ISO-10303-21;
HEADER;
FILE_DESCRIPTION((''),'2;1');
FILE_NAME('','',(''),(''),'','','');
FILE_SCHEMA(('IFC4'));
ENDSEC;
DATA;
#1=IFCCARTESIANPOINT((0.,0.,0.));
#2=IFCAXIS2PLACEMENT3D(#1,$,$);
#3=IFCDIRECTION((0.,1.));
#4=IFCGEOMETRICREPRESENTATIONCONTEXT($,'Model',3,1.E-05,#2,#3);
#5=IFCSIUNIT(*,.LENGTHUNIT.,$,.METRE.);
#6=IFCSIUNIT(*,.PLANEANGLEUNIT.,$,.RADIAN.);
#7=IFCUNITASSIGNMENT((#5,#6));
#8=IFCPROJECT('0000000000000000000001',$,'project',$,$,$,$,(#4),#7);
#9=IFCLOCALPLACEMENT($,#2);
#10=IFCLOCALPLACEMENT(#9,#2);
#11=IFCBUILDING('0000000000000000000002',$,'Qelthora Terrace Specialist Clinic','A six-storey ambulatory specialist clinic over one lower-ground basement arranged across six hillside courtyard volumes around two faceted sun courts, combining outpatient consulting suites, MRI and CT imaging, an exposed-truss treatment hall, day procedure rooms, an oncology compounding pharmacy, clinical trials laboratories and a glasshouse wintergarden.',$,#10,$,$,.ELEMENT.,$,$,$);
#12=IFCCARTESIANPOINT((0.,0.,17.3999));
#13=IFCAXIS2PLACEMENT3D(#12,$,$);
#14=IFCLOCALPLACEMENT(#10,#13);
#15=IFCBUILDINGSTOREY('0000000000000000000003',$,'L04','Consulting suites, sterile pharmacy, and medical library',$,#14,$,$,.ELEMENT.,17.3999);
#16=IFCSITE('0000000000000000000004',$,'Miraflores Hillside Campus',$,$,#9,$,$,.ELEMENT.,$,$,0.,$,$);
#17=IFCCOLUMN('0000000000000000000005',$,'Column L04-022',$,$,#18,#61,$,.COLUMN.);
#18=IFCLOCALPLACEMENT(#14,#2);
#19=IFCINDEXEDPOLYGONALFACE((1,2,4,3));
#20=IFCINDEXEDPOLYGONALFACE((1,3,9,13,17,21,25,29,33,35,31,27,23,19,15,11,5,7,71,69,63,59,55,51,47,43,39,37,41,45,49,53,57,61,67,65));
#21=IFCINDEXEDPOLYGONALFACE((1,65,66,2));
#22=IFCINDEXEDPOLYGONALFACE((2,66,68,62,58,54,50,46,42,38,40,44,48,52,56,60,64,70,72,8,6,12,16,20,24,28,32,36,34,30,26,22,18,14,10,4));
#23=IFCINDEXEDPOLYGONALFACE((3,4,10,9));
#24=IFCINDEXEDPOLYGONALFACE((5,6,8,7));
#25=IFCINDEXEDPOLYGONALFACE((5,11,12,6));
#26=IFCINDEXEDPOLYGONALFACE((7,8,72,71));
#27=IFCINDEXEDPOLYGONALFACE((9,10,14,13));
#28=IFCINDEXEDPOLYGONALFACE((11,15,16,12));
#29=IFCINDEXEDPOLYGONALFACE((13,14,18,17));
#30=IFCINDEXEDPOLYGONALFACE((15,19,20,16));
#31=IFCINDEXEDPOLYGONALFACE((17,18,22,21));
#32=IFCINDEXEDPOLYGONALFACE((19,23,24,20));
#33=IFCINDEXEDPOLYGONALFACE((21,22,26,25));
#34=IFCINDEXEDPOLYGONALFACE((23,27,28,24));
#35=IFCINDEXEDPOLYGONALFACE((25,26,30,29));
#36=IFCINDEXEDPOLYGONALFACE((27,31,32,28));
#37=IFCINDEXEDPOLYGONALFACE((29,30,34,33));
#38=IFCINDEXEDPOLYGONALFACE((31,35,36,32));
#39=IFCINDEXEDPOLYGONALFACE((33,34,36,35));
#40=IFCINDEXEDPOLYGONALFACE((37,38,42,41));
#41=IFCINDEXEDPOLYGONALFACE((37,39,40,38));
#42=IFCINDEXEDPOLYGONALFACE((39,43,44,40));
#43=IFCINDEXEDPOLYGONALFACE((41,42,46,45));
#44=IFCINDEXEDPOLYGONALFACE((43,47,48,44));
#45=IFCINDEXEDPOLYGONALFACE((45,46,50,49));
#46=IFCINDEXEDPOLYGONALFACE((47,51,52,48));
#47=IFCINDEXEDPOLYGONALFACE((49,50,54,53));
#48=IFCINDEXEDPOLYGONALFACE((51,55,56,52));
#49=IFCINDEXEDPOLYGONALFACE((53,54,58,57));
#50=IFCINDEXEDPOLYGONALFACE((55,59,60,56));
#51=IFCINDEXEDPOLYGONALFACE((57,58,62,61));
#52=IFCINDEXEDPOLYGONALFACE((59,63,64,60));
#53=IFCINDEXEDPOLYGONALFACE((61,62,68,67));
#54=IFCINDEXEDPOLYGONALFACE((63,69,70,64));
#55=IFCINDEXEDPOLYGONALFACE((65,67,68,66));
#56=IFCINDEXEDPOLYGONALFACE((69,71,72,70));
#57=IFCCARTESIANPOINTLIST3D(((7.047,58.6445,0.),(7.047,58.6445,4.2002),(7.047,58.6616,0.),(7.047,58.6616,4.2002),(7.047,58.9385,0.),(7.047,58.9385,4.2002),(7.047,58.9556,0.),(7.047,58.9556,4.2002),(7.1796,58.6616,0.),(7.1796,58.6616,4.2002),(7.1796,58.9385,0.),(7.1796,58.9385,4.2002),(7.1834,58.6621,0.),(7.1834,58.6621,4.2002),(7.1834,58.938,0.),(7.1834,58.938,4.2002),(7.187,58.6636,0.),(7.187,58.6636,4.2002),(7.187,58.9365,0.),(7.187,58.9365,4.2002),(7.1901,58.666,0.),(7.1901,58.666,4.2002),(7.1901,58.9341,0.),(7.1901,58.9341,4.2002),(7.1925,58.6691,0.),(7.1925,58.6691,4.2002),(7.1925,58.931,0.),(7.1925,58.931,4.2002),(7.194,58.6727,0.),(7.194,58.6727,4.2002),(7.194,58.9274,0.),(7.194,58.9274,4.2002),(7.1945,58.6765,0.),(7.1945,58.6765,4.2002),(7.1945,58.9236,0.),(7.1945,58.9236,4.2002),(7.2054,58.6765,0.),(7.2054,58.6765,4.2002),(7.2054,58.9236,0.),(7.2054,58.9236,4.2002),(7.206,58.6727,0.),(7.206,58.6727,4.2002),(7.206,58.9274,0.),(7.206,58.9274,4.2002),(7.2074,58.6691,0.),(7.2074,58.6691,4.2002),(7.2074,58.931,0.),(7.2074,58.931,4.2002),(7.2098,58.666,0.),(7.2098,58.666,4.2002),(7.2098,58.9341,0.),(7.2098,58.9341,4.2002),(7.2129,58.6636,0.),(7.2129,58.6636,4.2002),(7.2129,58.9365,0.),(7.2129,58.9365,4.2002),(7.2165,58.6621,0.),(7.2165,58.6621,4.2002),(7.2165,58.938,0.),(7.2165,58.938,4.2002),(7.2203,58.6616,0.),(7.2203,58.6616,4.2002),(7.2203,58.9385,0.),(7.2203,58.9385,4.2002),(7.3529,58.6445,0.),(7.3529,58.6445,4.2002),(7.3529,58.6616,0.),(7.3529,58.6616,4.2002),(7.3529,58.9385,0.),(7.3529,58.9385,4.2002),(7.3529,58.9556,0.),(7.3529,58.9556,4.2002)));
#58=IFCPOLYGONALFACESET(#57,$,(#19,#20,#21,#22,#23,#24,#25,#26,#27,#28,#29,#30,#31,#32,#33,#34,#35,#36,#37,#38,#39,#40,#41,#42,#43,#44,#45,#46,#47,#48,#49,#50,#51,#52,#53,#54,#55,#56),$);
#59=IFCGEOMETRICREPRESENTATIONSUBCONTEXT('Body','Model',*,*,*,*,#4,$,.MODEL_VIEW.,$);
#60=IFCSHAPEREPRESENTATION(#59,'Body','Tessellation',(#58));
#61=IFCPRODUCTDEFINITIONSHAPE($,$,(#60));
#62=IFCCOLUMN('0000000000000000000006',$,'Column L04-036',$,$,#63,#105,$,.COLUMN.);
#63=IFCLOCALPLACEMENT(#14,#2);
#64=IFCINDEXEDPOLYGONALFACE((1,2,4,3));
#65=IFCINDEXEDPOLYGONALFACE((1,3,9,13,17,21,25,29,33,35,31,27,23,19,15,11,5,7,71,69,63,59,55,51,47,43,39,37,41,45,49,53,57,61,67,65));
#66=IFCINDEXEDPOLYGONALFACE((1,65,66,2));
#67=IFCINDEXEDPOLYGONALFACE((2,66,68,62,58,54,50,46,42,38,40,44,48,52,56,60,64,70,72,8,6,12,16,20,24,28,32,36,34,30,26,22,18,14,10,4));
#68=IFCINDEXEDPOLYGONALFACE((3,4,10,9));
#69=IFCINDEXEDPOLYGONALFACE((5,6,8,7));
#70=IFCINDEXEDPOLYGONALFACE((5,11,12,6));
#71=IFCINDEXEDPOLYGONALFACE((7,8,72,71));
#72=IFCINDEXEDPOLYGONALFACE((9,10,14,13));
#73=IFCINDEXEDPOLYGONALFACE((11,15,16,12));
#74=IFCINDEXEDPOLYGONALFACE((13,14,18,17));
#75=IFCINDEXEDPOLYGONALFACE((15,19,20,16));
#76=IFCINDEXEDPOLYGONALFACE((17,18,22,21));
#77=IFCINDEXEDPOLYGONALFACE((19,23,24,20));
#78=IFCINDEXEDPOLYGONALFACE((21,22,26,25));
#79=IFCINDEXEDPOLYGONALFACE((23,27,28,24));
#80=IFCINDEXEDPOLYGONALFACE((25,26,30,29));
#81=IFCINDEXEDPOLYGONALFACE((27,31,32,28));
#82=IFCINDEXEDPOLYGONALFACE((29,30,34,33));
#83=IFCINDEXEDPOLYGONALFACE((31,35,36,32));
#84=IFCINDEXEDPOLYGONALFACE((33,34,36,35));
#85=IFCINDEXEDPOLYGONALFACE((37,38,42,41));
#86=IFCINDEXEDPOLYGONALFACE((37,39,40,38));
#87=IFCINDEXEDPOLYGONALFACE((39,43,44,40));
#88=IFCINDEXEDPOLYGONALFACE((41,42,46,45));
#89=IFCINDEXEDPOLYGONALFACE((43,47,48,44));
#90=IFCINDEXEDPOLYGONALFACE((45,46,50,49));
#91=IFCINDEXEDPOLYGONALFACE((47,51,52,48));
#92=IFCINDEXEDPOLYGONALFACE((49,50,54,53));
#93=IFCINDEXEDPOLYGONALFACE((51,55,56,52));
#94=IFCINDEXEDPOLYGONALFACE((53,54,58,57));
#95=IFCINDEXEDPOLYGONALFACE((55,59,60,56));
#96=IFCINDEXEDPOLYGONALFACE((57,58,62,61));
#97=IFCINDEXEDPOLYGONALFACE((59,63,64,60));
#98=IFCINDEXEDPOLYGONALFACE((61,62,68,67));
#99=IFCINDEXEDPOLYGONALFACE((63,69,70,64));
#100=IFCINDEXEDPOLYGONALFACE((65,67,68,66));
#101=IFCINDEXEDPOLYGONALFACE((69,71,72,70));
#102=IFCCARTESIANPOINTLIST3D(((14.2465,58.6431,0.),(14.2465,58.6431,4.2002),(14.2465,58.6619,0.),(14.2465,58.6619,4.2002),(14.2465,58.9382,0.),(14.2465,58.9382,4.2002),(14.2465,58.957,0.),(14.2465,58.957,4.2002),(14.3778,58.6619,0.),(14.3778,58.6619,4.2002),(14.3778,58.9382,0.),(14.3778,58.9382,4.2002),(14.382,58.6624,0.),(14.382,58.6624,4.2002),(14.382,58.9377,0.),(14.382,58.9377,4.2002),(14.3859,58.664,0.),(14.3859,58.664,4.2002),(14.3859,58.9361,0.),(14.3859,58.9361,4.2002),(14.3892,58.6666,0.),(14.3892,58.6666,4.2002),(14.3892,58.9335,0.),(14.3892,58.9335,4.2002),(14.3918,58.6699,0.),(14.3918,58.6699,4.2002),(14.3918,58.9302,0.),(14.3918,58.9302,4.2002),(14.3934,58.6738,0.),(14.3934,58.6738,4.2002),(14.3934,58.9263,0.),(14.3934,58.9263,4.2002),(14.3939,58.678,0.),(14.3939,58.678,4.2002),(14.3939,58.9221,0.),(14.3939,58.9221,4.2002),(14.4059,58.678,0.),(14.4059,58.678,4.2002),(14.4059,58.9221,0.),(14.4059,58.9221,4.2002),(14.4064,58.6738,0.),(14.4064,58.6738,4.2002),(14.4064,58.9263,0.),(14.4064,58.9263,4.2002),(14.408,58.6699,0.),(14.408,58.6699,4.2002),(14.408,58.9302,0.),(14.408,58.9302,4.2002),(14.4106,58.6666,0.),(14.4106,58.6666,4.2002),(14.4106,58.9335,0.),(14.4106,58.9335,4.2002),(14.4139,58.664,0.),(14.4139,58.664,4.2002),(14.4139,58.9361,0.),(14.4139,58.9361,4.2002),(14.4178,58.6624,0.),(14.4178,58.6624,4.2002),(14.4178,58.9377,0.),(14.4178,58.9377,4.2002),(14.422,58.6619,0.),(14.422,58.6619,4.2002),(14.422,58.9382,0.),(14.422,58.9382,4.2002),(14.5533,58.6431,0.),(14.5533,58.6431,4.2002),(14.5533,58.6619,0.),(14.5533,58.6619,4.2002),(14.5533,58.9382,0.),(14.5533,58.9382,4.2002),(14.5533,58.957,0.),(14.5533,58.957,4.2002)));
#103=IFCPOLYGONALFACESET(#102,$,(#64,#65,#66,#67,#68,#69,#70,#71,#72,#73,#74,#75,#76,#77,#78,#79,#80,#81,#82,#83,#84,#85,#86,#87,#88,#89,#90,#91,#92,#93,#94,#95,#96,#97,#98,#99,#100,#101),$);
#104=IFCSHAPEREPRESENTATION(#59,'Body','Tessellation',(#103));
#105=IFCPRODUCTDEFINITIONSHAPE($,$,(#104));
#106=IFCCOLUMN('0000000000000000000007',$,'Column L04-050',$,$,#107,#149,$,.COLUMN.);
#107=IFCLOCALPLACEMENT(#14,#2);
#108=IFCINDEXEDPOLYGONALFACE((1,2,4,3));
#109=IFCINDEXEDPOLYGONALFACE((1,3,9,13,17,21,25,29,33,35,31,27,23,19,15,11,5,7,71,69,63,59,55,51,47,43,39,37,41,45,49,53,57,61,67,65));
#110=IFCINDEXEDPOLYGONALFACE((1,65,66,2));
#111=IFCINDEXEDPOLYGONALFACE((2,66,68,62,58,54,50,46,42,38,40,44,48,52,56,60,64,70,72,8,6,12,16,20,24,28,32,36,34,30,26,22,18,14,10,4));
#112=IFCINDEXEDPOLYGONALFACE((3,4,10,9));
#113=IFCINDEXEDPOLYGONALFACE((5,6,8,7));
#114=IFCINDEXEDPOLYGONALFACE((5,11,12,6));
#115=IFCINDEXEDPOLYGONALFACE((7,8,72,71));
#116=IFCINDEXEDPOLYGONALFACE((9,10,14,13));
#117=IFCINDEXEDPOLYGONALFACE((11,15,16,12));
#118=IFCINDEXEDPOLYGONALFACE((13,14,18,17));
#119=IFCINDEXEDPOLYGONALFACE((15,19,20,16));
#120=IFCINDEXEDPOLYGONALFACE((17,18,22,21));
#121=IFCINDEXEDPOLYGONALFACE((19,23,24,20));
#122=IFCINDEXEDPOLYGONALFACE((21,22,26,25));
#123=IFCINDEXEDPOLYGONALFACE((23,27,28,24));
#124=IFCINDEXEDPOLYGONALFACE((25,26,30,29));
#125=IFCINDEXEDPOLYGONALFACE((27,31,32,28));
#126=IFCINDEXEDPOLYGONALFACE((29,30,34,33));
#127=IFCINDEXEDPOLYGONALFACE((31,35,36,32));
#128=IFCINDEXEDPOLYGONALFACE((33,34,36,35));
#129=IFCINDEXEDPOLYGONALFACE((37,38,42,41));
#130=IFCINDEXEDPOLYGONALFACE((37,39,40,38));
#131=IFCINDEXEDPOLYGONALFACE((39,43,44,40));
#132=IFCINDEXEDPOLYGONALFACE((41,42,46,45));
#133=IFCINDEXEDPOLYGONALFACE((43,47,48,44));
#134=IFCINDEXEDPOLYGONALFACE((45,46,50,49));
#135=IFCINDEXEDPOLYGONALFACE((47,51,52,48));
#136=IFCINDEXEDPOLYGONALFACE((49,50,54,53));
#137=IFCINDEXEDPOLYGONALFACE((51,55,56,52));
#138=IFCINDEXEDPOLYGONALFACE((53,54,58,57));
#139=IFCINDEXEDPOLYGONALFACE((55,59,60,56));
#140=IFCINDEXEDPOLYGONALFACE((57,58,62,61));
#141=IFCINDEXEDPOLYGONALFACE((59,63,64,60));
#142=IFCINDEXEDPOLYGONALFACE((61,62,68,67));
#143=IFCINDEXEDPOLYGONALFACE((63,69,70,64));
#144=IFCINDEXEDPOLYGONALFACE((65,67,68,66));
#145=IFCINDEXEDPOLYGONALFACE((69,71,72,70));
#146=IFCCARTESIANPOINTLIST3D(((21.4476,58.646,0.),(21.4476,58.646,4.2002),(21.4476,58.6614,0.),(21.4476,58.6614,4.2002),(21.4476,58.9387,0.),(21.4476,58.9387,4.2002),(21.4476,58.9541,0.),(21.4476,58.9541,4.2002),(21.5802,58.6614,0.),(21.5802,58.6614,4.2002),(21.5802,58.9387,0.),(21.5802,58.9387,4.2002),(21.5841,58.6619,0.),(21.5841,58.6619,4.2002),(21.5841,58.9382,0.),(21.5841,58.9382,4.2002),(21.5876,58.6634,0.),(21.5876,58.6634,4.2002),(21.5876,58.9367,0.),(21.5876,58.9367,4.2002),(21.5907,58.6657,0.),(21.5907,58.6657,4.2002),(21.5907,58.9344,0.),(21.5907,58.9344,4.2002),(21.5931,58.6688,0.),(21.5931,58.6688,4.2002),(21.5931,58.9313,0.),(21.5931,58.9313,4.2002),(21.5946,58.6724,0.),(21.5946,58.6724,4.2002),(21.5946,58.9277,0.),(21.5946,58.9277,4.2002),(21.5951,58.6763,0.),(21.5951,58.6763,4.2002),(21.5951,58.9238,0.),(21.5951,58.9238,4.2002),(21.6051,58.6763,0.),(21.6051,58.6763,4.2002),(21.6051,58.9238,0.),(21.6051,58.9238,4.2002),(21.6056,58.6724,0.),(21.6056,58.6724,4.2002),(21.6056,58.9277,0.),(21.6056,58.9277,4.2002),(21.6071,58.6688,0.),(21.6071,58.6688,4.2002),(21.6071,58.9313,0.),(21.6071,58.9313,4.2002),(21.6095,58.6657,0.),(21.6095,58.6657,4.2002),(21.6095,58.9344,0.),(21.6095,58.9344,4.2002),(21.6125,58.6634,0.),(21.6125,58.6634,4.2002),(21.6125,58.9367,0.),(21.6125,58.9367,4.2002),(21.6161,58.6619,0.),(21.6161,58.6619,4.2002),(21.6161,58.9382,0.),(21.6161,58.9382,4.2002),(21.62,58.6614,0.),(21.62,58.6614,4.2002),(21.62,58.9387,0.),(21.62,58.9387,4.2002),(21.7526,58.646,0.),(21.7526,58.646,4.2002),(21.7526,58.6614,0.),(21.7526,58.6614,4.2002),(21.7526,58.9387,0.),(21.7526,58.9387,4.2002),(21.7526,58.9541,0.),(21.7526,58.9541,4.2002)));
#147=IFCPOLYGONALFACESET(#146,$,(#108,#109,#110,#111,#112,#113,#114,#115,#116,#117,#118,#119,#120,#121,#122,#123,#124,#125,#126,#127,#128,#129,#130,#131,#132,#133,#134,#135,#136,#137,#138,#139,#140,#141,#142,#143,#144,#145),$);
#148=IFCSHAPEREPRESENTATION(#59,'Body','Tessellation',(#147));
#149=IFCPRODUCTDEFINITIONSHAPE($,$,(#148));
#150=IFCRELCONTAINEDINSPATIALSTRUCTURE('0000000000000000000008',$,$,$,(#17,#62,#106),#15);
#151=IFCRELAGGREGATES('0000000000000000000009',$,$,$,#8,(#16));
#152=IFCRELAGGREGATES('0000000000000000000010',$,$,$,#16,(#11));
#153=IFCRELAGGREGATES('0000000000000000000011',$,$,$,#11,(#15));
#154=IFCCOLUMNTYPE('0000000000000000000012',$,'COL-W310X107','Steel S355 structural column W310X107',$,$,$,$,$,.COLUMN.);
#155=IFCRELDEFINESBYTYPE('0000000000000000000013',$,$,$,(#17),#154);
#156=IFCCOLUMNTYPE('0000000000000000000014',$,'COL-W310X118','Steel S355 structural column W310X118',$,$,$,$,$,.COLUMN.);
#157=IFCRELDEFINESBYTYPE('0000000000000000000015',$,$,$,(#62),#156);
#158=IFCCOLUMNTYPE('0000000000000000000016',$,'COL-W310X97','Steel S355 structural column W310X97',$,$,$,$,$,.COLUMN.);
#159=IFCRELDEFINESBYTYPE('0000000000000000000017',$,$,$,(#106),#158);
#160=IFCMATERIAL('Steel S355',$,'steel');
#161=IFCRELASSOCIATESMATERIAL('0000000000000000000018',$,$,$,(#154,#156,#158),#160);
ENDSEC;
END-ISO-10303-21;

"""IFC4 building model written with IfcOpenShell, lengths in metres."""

from ifc_helpers import new_model, si_unit, direction, frame, origin, origin_2d, place, context, subcontext, project, spatial, i_section, extrude, material, material_profile, profile_set, type_object, element, save


model = new_model("IFC4")

# Units and contexts
model_context = context("Model", 3, precision=1e-05, world=origin(), true_north=direction((0.0, 1.0)))
body_context = subcontext(model_context, "Body", "Model", "MODEL_VIEW")
ifc_project = project(units=[si_unit("LENGTHUNIT", "METRE"), si_unit("PLANEANGLEUNIT", "RADIAN")], contexts=[model_context])

# Site, building, storey
site_placement = place(None, origin())
site = spatial("IfcSite", under=ifc_project, at=site_placement, Name="Miraflores Hillside Campus", CompositionType="ELEMENT", RefElevation=0.0)
building_placement = place(site_placement, origin())
building = spatial("IfcBuilding", under=site, at=building_placement, Name="Qelthora Terrace Specialist Clinic", Description="A six-storey ambulatory specialist clinic over one lower-ground basement arranged across six hillside courtyard volumes around two faceted sun courts, combining outpatient consulting suites, MRI and CT imaging, an exposed-truss treatment hall, day procedure rooms, an oncology compounding pharmacy, clinical trials laboratories and a glasshouse wintergarden.", CompositionType="ELEMENT")
storey_placement = place(building_placement, frame((0.0, 0.0, 17.3999)))
storey = spatial("IfcBuildingStorey", under=building, at=storey_placement, Name="L04", Description="Consulting suites, sterile pharmacy, and medical library", CompositionType="ELEMENT", Elevation=17.3999)

# Columns
ifc_material_1 = material(Name="Steel S355", Category="steel")
ifc_material_profile_1 = material_profile(ifc_material_1, i_section(OverallWidth=0.3059, OverallDepth=0.311, WebThickness=0.011, FlangeThickness=0.0171, FilletRadius=0.0149, at=origin_2d()), Name="W310X107")
ifc_profile_set_1 = profile_set([ifc_material_profile_1], Name="Steel S355")
column_type_1 = type_object("IfcColumnType", Name="COL-W310X107", Description="Steel S355 structural column W310X107", PredefinedType="COLUMN", material=ifc_profile_set_1)
column_1_placement = place(storey_placement, frame((7.2, 58.8, 0.0), z_axis=(0.0, 0.0, 1.0), x_axis=(1.0, 0.0, 0.0)))
element("IfcColumn", 1, at=column_1_placement, inside=storey, type_object=column_type_1, Name="Column L04-022", PredefinedType="COLUMN", context=body_context, shape_type="SweptSolid", body=[
    extrude(i_section(OverallWidth=0.3059, OverallDepth=0.311, WebThickness=0.011, FlangeThickness=0.0171, FilletRadius=0.0149, at=origin_2d()), origin(), (0.0, 0.0, 1.0), 4.2002),
])
ifc_material_profile_2 = material_profile(ifc_material_1, i_section(OverallWidth=0.3069, OverallDepth=0.314, WebThickness=0.012, FlangeThickness=0.0188, FilletRadius=0.0161, at=origin_2d()), Name="W310X118")
ifc_profile_set_2 = profile_set([ifc_material_profile_2], Name="Steel S355")
column_type_2 = type_object("IfcColumnType", Name="COL-W310X118", Description="Steel S355 structural column W310X118", PredefinedType="COLUMN", material=ifc_profile_set_2)
column_2_placement = place(storey_placement, frame((14.3999, 58.8, 0.0), z_axis=(0.0, 0.0, 1.0), x_axis=(1.0, 0.0, 0.0)))
element("IfcColumn", 2, at=column_2_placement, inside=storey, type_object=column_type_2, Name="Column L04-036", PredefinedType="COLUMN", context=body_context, shape_type="SweptSolid", body=[
    extrude(i_section(OverallWidth=0.3069, OverallDepth=0.314, WebThickness=0.012, FlangeThickness=0.0188, FilletRadius=0.0161, at=origin_2d()), origin(), (0.0, 0.0, 1.0), 4.2002),
])
ifc_material_profile_3 = material_profile(ifc_material_1, i_section(OverallWidth=0.3049, OverallDepth=0.3081, WebThickness=0.01, FlangeThickness=0.0154, FilletRadius=0.0149, at=origin_2d()), Name="W310X97")
ifc_profile_set_3 = profile_set([ifc_material_profile_3], Name="Steel S355")
column_type_3 = type_object("IfcColumnType", Name="COL-W310X97", Description="Steel S355 structural column W310X97", PredefinedType="COLUMN", material=ifc_profile_set_3)
column_3_placement = place(storey_placement, frame((21.6001, 58.8, 0.0), z_axis=(0.0, 0.0, 1.0), x_axis=(1.0, 0.0, 0.0)))
element("IfcColumn", 3, at=column_3_placement, inside=storey, type_object=column_type_3, Name="Column L04-050", PredefinedType="COLUMN", context=body_context, shape_type="SweptSolid", body=[
    extrude(i_section(OverallWidth=0.3049, OverallDepth=0.3081, WebThickness=0.01, FlangeThickness=0.0154, FilletRadius=0.0149, at=origin_2d()), origin(), (0.0, 0.0, 1.0), 4.2002),
])

save(model, "model.ifc")
